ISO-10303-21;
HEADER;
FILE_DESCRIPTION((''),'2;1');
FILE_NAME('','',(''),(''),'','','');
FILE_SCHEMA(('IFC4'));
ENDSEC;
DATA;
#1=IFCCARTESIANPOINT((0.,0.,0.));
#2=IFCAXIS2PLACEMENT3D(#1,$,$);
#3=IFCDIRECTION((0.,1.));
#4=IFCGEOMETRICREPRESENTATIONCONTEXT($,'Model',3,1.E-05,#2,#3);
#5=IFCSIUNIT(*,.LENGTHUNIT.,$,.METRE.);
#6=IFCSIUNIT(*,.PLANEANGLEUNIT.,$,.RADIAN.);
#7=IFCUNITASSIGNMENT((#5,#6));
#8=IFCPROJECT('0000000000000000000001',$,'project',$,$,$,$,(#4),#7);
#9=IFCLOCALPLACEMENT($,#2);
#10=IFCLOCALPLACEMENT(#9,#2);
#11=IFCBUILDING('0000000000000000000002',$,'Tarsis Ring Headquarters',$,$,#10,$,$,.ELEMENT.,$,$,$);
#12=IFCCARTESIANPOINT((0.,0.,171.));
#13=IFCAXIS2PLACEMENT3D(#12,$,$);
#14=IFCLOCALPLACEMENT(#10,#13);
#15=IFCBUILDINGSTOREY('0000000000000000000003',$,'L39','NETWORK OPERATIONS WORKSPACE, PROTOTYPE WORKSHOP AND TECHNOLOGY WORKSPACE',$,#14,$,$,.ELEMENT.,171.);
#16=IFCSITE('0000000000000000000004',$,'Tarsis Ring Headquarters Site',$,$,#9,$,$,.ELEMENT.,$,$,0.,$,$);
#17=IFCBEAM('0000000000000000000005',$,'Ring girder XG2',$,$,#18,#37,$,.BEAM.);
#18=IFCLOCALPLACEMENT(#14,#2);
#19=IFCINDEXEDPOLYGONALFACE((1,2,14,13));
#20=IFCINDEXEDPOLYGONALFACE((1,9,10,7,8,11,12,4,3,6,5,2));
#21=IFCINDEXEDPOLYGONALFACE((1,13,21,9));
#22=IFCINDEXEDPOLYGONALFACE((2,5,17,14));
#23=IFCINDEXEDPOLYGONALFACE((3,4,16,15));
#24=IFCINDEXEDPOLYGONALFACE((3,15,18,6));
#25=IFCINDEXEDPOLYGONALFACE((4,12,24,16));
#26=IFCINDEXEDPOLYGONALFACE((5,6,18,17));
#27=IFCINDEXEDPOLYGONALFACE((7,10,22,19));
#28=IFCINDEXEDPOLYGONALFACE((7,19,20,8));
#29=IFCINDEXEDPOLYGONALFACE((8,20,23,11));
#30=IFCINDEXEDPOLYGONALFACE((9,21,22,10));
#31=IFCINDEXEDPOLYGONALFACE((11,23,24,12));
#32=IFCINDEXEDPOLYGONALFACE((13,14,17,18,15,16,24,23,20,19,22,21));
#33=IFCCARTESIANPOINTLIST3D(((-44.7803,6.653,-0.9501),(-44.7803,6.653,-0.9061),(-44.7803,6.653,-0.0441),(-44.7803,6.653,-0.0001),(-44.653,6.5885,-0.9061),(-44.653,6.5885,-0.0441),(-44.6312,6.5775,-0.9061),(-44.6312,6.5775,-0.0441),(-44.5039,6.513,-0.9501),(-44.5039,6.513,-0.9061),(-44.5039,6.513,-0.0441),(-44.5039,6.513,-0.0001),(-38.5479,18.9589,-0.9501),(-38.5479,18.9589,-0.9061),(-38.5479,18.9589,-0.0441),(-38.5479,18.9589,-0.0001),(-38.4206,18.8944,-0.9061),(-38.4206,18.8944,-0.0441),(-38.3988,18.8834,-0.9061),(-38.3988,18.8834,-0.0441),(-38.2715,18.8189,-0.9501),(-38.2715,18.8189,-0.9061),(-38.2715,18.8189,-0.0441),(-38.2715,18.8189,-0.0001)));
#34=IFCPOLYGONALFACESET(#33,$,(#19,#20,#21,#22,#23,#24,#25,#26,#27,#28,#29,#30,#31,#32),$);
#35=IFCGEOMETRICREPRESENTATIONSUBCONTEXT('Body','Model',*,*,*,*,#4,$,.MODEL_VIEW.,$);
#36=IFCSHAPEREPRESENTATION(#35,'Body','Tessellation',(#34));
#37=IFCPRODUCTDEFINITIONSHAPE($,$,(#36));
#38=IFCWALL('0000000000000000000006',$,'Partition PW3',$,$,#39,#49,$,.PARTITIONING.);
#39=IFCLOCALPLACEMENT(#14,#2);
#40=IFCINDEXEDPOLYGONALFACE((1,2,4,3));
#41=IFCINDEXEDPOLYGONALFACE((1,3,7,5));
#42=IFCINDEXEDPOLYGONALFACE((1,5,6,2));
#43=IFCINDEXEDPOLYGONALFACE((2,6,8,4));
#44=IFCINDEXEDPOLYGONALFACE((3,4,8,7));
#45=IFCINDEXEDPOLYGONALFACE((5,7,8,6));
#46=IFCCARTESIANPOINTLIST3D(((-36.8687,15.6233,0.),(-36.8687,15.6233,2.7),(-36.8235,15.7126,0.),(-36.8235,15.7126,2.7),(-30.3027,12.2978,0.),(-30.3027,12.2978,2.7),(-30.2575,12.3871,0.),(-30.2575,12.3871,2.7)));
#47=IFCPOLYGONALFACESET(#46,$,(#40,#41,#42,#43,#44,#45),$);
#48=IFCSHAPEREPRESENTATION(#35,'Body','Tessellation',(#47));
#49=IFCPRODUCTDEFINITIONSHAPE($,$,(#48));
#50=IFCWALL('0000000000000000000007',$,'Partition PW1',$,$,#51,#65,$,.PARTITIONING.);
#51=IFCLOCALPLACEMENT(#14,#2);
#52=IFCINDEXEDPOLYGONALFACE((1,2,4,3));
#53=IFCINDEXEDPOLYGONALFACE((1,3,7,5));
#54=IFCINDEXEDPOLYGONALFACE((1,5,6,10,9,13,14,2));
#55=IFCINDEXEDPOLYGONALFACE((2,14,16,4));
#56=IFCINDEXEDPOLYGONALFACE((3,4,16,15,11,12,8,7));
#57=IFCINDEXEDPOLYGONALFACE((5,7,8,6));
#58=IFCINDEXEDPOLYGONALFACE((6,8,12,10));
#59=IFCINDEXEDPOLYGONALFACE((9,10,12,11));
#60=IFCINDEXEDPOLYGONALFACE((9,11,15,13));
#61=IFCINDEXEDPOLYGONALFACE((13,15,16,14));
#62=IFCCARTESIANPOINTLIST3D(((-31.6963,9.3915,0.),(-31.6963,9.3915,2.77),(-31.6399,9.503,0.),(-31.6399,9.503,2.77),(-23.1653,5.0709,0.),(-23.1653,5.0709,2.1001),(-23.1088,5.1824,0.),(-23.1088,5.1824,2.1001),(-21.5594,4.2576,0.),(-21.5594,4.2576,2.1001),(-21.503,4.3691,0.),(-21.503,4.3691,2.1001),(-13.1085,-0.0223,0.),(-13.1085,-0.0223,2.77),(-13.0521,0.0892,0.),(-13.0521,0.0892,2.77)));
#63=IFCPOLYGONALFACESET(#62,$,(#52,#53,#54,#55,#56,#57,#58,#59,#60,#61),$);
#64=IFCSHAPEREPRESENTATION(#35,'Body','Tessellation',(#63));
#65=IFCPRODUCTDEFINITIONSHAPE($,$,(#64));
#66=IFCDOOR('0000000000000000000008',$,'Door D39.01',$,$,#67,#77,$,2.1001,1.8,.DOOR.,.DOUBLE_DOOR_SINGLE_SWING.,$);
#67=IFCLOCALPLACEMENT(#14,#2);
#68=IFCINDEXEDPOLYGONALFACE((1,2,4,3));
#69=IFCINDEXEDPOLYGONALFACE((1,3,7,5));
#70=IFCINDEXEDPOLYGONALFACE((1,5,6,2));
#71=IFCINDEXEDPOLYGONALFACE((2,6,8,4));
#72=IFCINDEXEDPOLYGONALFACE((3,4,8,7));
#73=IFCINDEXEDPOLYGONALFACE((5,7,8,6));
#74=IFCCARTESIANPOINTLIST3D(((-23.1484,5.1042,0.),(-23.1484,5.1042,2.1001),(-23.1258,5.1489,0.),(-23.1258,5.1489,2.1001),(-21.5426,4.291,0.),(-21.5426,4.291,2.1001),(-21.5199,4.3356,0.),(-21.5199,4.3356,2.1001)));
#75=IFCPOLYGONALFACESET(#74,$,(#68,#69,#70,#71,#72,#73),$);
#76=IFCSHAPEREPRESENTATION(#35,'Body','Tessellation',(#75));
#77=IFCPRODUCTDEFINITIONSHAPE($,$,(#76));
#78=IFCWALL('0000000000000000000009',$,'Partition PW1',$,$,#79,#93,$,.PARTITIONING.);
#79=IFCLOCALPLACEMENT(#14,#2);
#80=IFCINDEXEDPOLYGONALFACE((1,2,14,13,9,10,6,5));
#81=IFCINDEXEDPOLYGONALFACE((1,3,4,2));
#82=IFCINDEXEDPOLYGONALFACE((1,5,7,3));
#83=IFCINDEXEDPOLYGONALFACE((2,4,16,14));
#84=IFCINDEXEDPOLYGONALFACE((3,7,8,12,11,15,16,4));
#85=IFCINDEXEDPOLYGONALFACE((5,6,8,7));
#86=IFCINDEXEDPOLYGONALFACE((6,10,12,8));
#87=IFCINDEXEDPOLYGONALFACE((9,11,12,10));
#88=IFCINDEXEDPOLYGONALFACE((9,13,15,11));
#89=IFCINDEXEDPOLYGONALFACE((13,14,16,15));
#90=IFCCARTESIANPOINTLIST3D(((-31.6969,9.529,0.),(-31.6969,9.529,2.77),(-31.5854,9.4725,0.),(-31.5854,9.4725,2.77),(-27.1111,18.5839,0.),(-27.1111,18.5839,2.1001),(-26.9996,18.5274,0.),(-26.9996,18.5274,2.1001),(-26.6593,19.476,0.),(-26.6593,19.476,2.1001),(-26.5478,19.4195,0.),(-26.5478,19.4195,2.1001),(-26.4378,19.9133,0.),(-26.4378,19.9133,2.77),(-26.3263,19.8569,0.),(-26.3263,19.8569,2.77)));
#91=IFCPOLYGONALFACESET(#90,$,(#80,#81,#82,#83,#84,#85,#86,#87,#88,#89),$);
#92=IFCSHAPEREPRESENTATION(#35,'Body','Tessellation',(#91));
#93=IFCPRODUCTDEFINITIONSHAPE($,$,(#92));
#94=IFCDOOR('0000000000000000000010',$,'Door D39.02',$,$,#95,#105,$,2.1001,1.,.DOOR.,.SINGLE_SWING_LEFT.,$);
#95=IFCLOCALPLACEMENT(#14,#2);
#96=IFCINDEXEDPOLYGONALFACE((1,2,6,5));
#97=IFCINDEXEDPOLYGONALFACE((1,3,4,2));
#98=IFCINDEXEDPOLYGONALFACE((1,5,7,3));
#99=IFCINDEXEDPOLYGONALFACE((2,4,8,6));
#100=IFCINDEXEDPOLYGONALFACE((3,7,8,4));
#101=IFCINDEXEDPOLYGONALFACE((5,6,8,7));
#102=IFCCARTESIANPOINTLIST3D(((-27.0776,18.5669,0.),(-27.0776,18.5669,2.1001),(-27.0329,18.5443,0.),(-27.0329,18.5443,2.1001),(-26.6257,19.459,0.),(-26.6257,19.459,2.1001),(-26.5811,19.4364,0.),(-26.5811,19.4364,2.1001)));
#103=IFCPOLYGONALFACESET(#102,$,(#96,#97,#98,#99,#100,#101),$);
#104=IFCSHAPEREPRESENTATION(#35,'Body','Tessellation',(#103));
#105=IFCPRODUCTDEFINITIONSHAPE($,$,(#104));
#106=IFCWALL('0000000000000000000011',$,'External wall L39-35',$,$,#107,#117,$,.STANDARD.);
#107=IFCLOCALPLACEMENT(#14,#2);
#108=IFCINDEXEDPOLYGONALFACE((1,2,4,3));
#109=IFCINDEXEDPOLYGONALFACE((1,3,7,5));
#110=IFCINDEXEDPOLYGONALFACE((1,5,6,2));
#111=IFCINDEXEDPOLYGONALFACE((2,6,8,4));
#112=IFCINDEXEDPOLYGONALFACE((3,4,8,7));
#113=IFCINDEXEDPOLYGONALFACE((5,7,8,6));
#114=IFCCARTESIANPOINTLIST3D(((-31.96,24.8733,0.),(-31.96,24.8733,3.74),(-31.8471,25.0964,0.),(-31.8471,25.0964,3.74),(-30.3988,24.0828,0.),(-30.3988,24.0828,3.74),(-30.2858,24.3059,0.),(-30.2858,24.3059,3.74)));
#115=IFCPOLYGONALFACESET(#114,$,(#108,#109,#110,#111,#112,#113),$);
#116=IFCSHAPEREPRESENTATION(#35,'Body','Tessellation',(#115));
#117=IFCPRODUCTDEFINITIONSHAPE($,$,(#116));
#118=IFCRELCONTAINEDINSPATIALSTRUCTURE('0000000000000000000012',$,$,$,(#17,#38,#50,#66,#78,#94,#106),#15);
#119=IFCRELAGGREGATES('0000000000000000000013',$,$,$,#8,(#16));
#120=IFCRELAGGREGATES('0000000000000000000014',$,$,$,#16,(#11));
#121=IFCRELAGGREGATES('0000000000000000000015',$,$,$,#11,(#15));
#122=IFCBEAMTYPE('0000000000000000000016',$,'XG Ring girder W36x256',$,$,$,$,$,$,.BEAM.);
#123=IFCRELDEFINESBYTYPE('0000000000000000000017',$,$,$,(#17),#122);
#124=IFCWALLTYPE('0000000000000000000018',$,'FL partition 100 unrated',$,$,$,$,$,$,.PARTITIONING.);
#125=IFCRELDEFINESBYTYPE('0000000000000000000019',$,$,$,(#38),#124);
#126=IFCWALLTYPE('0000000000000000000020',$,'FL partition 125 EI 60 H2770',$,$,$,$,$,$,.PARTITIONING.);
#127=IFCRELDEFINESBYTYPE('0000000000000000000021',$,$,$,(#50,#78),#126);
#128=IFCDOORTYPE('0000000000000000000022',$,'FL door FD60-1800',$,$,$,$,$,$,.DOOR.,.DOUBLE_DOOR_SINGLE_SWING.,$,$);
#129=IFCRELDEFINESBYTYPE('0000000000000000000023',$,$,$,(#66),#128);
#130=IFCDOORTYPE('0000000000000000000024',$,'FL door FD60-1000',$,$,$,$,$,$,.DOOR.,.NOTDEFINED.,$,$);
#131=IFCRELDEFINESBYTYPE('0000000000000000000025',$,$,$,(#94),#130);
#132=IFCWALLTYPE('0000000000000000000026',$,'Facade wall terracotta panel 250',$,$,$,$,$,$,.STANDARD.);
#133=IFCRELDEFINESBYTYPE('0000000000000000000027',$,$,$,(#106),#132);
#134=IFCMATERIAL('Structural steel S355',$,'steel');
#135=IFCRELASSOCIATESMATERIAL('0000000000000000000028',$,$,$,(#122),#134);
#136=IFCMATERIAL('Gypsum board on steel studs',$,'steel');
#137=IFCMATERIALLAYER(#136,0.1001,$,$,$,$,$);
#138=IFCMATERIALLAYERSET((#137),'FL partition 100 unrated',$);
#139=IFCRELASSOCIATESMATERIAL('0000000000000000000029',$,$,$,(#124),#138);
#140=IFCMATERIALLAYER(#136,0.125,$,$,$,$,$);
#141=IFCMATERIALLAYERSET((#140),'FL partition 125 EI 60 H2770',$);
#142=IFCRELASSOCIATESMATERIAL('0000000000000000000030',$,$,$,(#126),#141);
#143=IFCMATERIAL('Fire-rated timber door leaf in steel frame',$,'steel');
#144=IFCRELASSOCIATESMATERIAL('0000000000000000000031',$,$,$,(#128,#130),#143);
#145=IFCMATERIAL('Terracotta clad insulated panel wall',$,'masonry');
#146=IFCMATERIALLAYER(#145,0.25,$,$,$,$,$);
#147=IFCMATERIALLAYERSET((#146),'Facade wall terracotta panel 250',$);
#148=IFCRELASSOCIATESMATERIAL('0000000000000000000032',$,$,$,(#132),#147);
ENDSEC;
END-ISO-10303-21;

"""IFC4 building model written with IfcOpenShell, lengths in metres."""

from ifc_helpers import new_model, si_unit, direction, frame, frame_2d, origin, origin_2d, place, context, subcontext, project, spatial, rectangle, i_section, extrude, material, layer, layer_set, material_profile, profile_set, type_object, element, fill, save


model = new_model("IFC4")

# Units and contexts
model_context = context("Model", 3, precision=1e-05, world=origin(), true_north=direction((0.0, 1.0)))
body_context = subcontext(model_context, "Body", "Model", "MODEL_VIEW")
ifc_project = project(units=[si_unit("LENGTHUNIT", "METRE"), si_unit("PLANEANGLEUNIT", "RADIAN")], contexts=[model_context])

# Site, building, storey
site_placement = place(None, origin())
site = spatial("IfcSite", under=ifc_project, at=site_placement, Name="Tarsis Ring Headquarters Site", CompositionType="ELEMENT", RefElevation=0.0)
building_placement = place(site_placement, origin())
building = spatial("IfcBuilding", under=site, at=building_placement, Name="Tarsis Ring Headquarters", CompositionType="ELEMENT")
storey_placement = place(building_placement, frame((0.0, 0.0, 171.0)))
storey = spatial("IfcBuildingStorey", under=building, at=storey_placement, Name="L39", Description="NETWORK OPERATIONS WORKSPACE, PROTOTYPE WORKSHOP AND TECHNOLOGY WORKSPACE", CompositionType="ELEMENT", Elevation=171.0)

# Shared definitions
ifc_material_1 = material(Name="Structural steel S355", Category="steel")

# Beam
ifc_material_profile_1 = material_profile(ifc_material_1, i_section(OverallWidth=0.3098, OverallDepth=0.95, WebThickness=0.0244, FlangeThickness=0.0439, at=origin_2d()), Name="W36x256")
ifc_profile_set_1 = profile_set([ifc_material_profile_1], Name="Structural steel S355")
beam_type = type_object("IfcBeamType", Name="XG Ring girder W36x256", PredefinedType="BEAM", material=ifc_profile_set_1)
beam_1_placement = place(storey_placement, frame((-38.4097, 18.8889, -0.4751), z_axis=(-0.451816, -0.892111, 0.0), x_axis=(0.892111, -0.451816, 0.0)))
element("IfcBeam", 1, at=beam_1_placement, inside=storey, type_object=beam_type, Name="Ring girder XG2", PredefinedType="BEAM", context=body_context, shape_type="SweptSolid", body=[
    extrude(i_section(OverallWidth=0.3098, OverallDepth=0.95, WebThickness=0.0244, FlangeThickness=0.0439, at=origin_2d()), origin(), (0.0, 0.0, 1.0), 13.7942),
])

# Wall
ifc_material_2 = material(Name="Gypsum board on steel studs", Category="steel")
ifc_layer_1 = layer(ifc_material_2, 0.1001)
ifc_layer_set_1 = layer_set([ifc_layer_1], Name="FL partition 100 unrated")
wall_type_1 = type_object("IfcWallType", Name="FL partition 100 unrated", PredefinedType="PARTITIONING", material=ifc_layer_set_1)
wall_1_placement = place(storey_placement, frame((-36.8462, 15.668, 0.0), z_axis=(0.0, 0.0, 1.0), x_axis=(0.892107, -0.451825, 0.0)))
element("IfcWall", 2, at=wall_1_placement, inside=storey, type_object=wall_type_1, Name="Partition PW3", PredefinedType="PARTITIONING", context=body_context, shape_type="SweptSolid", body=[
    extrude(rectangle(XDim=7.3601, YDim=0.1001, at=frame_2d((3.6802, 0.0))), origin(), (0.0, 0.0, 1.0), 2.7),
])

# Walls, openings, doors
ifc_layer_2 = layer(ifc_material_2, 0.125)
ifc_layer_set_2 = layer_set([ifc_layer_2], Name="FL partition 125 EI 60 H2770")
wall_type_2 = type_object("IfcWallType", Name="FL partition 125 EI 60 H2770", PredefinedType="PARTITIONING", material=ifc_layer_set_2)
wall_2_placement = place(storey_placement, frame((-31.6682, 9.4473, 0.0), z_axis=(0.0, 0.0, 1.0), x_axis=(0.892114, -0.45181, 0.0)))
wall_2 = element("IfcWall", 3, at=wall_2_placement, inside=storey, type_object=wall_type_2, Name="Partition PW1", PredefinedType="PARTITIONING", context=body_context, shape_type="SweptSolid", body=[
    extrude(rectangle(XDim=20.8357, YDim=0.125, at=frame_2d((10.418, 0.0))), origin(), (0.0, 0.0, 1.0), 2.77),
])
opening_1_placement = place(wall_2_placement, frame((9.563, 0.0, 0.0)))
opening_1 = element("IfcOpeningElement", 4, at=opening_1_placement, cuts=wall_2, PredefinedType="OPENING", context=body_context, shape_type="SweptSolid", body=[
    extrude(rectangle(XDim=1.8, YDim=2.1001, at=frame_2d((0.8999, 1.05))), frame((0.0, 0.0725, 0.0), z_axis=(0.0, -1.0, 0.0), x_axis=(1.0, 0.0, 0.0)), (0.0, 0.0, 1.0), 0.145),
])
ifc_material_3 = material(Name="Fire-rated timber door leaf in steel frame", Category="steel")
door_type_1 = type_object("IfcDoorType", Name="FL door FD60-1800", OperationType="DOUBLE_DOOR_SINGLE_SWING", PredefinedType="DOOR", material=ifc_material_3)
door_1_placement = place(opening_1_placement, origin())
door_1 = element("IfcDoor", 5, at=door_1_placement, inside=storey, type_object=door_type_1, Name="Door D39.01", OperationType="DOUBLE_DOOR_SINGLE_SWING", OverallHeight=2.1001, OverallWidth=1.8, PredefinedType="DOOR", context=body_context, shape_type="SweptSolid", body=[
    extrude(rectangle(XDim=1.8, YDim=2.1001, at=frame_2d((0.8999, 1.05))), frame((0.0, 0.0249, 0.0), z_axis=(0.0, -1.0, 0.0), x_axis=(1.0, 0.0, 0.0)), (0.0, 0.0, 1.0), 0.05),
])
fill(opening_1, door_1)
wall_3_placement = place(storey_placement, frame((-31.6411, 9.5007, 0.0), z_axis=(0.0, 0.0, 1.0), x_axis=(0.451805, 0.892117, 0.0)))
wall_3 = element("IfcWall", 6, at=wall_3_placement, inside=storey, type_object=wall_type_2, Name="Partition PW1", PredefinedType="PARTITIONING", context=body_context, shape_type="SweptSolid", body=[
    extrude(rectangle(XDim=11.6401, YDim=0.125, at=frame_2d((5.8201, 0.0))), origin(), (0.0, 0.0, 1.0), 2.77),
])
opening_2_placement = place(wall_3_placement, frame((10.1499, 0.0, 0.0)))
opening_2 = element("IfcOpeningElement", 7, at=opening_2_placement, cuts=wall_3, PredefinedType="OPENING", context=body_context, shape_type="SweptSolid", body=[
    extrude(rectangle(XDim=1.0, YDim=2.1001, at=frame_2d((0.5, 1.05))), frame((0.0, 0.0725, 0.0), z_axis=(0.0, -1.0, 0.0), x_axis=(1.0, 0.0, 0.0)), (0.0, 0.0, 1.0), 0.145),
])
door_type_2 = type_object("IfcDoorType", Name="FL door FD60-1000", OperationType="NOTDEFINED", PredefinedType="DOOR", material=ifc_material_3)
door_2_placement = place(opening_2_placement, origin())
door_2 = element("IfcDoor", 8, at=door_2_placement, inside=storey, type_object=door_type_2, Name="Door D39.02", OperationType="SINGLE_SWING_LEFT", OverallHeight=2.1001, OverallWidth=1.0, PredefinedType="DOOR", context=body_context, shape_type="SweptSolid", body=[
    extrude(rectangle(XDim=1.0, YDim=2.1001, at=frame_2d((0.5, 1.05))), frame((0.0, 0.0249, 0.0), z_axis=(0.0, -1.0, 0.0), x_axis=(1.0, 0.0, 0.0)), (0.0, 0.0, 1.0), 0.05),
])
fill(opening_2, door_2)

# Wall
ifc_material_4 = material(Name="Terracotta clad insulated panel wall", Category="masonry")
ifc_layer_3 = layer(ifc_material_4, 0.25)
ifc_layer_set_3 = layer_set([ifc_layer_3], Name="Facade wall terracotta panel 250")
wall_type_3 = type_object("IfcWallType", Name="Facade wall terracotta panel 250", PredefinedType="STANDARD", material=ifc_layer_set_3)
wall_4_placement = place(storey_placement, frame((-30.3423, 24.1943, 0.0), z_axis=(0.0, 0.0, 1.0), x_axis=(-0.892156, 0.451728, 0.0)))
element("IfcWall", 9, at=wall_4_placement, inside=storey, type_object=wall_type_3, Name="External wall L39-35", PredefinedType="STANDARD", context=body_context, shape_type="SweptSolid", body=[
    extrude(rectangle(XDim=1.75, YDim=0.25, at=frame_2d((0.875, 0.0))), origin(), (0.0, 0.0, 1.0), 3.74),
])

save(model, "model.ifc")
